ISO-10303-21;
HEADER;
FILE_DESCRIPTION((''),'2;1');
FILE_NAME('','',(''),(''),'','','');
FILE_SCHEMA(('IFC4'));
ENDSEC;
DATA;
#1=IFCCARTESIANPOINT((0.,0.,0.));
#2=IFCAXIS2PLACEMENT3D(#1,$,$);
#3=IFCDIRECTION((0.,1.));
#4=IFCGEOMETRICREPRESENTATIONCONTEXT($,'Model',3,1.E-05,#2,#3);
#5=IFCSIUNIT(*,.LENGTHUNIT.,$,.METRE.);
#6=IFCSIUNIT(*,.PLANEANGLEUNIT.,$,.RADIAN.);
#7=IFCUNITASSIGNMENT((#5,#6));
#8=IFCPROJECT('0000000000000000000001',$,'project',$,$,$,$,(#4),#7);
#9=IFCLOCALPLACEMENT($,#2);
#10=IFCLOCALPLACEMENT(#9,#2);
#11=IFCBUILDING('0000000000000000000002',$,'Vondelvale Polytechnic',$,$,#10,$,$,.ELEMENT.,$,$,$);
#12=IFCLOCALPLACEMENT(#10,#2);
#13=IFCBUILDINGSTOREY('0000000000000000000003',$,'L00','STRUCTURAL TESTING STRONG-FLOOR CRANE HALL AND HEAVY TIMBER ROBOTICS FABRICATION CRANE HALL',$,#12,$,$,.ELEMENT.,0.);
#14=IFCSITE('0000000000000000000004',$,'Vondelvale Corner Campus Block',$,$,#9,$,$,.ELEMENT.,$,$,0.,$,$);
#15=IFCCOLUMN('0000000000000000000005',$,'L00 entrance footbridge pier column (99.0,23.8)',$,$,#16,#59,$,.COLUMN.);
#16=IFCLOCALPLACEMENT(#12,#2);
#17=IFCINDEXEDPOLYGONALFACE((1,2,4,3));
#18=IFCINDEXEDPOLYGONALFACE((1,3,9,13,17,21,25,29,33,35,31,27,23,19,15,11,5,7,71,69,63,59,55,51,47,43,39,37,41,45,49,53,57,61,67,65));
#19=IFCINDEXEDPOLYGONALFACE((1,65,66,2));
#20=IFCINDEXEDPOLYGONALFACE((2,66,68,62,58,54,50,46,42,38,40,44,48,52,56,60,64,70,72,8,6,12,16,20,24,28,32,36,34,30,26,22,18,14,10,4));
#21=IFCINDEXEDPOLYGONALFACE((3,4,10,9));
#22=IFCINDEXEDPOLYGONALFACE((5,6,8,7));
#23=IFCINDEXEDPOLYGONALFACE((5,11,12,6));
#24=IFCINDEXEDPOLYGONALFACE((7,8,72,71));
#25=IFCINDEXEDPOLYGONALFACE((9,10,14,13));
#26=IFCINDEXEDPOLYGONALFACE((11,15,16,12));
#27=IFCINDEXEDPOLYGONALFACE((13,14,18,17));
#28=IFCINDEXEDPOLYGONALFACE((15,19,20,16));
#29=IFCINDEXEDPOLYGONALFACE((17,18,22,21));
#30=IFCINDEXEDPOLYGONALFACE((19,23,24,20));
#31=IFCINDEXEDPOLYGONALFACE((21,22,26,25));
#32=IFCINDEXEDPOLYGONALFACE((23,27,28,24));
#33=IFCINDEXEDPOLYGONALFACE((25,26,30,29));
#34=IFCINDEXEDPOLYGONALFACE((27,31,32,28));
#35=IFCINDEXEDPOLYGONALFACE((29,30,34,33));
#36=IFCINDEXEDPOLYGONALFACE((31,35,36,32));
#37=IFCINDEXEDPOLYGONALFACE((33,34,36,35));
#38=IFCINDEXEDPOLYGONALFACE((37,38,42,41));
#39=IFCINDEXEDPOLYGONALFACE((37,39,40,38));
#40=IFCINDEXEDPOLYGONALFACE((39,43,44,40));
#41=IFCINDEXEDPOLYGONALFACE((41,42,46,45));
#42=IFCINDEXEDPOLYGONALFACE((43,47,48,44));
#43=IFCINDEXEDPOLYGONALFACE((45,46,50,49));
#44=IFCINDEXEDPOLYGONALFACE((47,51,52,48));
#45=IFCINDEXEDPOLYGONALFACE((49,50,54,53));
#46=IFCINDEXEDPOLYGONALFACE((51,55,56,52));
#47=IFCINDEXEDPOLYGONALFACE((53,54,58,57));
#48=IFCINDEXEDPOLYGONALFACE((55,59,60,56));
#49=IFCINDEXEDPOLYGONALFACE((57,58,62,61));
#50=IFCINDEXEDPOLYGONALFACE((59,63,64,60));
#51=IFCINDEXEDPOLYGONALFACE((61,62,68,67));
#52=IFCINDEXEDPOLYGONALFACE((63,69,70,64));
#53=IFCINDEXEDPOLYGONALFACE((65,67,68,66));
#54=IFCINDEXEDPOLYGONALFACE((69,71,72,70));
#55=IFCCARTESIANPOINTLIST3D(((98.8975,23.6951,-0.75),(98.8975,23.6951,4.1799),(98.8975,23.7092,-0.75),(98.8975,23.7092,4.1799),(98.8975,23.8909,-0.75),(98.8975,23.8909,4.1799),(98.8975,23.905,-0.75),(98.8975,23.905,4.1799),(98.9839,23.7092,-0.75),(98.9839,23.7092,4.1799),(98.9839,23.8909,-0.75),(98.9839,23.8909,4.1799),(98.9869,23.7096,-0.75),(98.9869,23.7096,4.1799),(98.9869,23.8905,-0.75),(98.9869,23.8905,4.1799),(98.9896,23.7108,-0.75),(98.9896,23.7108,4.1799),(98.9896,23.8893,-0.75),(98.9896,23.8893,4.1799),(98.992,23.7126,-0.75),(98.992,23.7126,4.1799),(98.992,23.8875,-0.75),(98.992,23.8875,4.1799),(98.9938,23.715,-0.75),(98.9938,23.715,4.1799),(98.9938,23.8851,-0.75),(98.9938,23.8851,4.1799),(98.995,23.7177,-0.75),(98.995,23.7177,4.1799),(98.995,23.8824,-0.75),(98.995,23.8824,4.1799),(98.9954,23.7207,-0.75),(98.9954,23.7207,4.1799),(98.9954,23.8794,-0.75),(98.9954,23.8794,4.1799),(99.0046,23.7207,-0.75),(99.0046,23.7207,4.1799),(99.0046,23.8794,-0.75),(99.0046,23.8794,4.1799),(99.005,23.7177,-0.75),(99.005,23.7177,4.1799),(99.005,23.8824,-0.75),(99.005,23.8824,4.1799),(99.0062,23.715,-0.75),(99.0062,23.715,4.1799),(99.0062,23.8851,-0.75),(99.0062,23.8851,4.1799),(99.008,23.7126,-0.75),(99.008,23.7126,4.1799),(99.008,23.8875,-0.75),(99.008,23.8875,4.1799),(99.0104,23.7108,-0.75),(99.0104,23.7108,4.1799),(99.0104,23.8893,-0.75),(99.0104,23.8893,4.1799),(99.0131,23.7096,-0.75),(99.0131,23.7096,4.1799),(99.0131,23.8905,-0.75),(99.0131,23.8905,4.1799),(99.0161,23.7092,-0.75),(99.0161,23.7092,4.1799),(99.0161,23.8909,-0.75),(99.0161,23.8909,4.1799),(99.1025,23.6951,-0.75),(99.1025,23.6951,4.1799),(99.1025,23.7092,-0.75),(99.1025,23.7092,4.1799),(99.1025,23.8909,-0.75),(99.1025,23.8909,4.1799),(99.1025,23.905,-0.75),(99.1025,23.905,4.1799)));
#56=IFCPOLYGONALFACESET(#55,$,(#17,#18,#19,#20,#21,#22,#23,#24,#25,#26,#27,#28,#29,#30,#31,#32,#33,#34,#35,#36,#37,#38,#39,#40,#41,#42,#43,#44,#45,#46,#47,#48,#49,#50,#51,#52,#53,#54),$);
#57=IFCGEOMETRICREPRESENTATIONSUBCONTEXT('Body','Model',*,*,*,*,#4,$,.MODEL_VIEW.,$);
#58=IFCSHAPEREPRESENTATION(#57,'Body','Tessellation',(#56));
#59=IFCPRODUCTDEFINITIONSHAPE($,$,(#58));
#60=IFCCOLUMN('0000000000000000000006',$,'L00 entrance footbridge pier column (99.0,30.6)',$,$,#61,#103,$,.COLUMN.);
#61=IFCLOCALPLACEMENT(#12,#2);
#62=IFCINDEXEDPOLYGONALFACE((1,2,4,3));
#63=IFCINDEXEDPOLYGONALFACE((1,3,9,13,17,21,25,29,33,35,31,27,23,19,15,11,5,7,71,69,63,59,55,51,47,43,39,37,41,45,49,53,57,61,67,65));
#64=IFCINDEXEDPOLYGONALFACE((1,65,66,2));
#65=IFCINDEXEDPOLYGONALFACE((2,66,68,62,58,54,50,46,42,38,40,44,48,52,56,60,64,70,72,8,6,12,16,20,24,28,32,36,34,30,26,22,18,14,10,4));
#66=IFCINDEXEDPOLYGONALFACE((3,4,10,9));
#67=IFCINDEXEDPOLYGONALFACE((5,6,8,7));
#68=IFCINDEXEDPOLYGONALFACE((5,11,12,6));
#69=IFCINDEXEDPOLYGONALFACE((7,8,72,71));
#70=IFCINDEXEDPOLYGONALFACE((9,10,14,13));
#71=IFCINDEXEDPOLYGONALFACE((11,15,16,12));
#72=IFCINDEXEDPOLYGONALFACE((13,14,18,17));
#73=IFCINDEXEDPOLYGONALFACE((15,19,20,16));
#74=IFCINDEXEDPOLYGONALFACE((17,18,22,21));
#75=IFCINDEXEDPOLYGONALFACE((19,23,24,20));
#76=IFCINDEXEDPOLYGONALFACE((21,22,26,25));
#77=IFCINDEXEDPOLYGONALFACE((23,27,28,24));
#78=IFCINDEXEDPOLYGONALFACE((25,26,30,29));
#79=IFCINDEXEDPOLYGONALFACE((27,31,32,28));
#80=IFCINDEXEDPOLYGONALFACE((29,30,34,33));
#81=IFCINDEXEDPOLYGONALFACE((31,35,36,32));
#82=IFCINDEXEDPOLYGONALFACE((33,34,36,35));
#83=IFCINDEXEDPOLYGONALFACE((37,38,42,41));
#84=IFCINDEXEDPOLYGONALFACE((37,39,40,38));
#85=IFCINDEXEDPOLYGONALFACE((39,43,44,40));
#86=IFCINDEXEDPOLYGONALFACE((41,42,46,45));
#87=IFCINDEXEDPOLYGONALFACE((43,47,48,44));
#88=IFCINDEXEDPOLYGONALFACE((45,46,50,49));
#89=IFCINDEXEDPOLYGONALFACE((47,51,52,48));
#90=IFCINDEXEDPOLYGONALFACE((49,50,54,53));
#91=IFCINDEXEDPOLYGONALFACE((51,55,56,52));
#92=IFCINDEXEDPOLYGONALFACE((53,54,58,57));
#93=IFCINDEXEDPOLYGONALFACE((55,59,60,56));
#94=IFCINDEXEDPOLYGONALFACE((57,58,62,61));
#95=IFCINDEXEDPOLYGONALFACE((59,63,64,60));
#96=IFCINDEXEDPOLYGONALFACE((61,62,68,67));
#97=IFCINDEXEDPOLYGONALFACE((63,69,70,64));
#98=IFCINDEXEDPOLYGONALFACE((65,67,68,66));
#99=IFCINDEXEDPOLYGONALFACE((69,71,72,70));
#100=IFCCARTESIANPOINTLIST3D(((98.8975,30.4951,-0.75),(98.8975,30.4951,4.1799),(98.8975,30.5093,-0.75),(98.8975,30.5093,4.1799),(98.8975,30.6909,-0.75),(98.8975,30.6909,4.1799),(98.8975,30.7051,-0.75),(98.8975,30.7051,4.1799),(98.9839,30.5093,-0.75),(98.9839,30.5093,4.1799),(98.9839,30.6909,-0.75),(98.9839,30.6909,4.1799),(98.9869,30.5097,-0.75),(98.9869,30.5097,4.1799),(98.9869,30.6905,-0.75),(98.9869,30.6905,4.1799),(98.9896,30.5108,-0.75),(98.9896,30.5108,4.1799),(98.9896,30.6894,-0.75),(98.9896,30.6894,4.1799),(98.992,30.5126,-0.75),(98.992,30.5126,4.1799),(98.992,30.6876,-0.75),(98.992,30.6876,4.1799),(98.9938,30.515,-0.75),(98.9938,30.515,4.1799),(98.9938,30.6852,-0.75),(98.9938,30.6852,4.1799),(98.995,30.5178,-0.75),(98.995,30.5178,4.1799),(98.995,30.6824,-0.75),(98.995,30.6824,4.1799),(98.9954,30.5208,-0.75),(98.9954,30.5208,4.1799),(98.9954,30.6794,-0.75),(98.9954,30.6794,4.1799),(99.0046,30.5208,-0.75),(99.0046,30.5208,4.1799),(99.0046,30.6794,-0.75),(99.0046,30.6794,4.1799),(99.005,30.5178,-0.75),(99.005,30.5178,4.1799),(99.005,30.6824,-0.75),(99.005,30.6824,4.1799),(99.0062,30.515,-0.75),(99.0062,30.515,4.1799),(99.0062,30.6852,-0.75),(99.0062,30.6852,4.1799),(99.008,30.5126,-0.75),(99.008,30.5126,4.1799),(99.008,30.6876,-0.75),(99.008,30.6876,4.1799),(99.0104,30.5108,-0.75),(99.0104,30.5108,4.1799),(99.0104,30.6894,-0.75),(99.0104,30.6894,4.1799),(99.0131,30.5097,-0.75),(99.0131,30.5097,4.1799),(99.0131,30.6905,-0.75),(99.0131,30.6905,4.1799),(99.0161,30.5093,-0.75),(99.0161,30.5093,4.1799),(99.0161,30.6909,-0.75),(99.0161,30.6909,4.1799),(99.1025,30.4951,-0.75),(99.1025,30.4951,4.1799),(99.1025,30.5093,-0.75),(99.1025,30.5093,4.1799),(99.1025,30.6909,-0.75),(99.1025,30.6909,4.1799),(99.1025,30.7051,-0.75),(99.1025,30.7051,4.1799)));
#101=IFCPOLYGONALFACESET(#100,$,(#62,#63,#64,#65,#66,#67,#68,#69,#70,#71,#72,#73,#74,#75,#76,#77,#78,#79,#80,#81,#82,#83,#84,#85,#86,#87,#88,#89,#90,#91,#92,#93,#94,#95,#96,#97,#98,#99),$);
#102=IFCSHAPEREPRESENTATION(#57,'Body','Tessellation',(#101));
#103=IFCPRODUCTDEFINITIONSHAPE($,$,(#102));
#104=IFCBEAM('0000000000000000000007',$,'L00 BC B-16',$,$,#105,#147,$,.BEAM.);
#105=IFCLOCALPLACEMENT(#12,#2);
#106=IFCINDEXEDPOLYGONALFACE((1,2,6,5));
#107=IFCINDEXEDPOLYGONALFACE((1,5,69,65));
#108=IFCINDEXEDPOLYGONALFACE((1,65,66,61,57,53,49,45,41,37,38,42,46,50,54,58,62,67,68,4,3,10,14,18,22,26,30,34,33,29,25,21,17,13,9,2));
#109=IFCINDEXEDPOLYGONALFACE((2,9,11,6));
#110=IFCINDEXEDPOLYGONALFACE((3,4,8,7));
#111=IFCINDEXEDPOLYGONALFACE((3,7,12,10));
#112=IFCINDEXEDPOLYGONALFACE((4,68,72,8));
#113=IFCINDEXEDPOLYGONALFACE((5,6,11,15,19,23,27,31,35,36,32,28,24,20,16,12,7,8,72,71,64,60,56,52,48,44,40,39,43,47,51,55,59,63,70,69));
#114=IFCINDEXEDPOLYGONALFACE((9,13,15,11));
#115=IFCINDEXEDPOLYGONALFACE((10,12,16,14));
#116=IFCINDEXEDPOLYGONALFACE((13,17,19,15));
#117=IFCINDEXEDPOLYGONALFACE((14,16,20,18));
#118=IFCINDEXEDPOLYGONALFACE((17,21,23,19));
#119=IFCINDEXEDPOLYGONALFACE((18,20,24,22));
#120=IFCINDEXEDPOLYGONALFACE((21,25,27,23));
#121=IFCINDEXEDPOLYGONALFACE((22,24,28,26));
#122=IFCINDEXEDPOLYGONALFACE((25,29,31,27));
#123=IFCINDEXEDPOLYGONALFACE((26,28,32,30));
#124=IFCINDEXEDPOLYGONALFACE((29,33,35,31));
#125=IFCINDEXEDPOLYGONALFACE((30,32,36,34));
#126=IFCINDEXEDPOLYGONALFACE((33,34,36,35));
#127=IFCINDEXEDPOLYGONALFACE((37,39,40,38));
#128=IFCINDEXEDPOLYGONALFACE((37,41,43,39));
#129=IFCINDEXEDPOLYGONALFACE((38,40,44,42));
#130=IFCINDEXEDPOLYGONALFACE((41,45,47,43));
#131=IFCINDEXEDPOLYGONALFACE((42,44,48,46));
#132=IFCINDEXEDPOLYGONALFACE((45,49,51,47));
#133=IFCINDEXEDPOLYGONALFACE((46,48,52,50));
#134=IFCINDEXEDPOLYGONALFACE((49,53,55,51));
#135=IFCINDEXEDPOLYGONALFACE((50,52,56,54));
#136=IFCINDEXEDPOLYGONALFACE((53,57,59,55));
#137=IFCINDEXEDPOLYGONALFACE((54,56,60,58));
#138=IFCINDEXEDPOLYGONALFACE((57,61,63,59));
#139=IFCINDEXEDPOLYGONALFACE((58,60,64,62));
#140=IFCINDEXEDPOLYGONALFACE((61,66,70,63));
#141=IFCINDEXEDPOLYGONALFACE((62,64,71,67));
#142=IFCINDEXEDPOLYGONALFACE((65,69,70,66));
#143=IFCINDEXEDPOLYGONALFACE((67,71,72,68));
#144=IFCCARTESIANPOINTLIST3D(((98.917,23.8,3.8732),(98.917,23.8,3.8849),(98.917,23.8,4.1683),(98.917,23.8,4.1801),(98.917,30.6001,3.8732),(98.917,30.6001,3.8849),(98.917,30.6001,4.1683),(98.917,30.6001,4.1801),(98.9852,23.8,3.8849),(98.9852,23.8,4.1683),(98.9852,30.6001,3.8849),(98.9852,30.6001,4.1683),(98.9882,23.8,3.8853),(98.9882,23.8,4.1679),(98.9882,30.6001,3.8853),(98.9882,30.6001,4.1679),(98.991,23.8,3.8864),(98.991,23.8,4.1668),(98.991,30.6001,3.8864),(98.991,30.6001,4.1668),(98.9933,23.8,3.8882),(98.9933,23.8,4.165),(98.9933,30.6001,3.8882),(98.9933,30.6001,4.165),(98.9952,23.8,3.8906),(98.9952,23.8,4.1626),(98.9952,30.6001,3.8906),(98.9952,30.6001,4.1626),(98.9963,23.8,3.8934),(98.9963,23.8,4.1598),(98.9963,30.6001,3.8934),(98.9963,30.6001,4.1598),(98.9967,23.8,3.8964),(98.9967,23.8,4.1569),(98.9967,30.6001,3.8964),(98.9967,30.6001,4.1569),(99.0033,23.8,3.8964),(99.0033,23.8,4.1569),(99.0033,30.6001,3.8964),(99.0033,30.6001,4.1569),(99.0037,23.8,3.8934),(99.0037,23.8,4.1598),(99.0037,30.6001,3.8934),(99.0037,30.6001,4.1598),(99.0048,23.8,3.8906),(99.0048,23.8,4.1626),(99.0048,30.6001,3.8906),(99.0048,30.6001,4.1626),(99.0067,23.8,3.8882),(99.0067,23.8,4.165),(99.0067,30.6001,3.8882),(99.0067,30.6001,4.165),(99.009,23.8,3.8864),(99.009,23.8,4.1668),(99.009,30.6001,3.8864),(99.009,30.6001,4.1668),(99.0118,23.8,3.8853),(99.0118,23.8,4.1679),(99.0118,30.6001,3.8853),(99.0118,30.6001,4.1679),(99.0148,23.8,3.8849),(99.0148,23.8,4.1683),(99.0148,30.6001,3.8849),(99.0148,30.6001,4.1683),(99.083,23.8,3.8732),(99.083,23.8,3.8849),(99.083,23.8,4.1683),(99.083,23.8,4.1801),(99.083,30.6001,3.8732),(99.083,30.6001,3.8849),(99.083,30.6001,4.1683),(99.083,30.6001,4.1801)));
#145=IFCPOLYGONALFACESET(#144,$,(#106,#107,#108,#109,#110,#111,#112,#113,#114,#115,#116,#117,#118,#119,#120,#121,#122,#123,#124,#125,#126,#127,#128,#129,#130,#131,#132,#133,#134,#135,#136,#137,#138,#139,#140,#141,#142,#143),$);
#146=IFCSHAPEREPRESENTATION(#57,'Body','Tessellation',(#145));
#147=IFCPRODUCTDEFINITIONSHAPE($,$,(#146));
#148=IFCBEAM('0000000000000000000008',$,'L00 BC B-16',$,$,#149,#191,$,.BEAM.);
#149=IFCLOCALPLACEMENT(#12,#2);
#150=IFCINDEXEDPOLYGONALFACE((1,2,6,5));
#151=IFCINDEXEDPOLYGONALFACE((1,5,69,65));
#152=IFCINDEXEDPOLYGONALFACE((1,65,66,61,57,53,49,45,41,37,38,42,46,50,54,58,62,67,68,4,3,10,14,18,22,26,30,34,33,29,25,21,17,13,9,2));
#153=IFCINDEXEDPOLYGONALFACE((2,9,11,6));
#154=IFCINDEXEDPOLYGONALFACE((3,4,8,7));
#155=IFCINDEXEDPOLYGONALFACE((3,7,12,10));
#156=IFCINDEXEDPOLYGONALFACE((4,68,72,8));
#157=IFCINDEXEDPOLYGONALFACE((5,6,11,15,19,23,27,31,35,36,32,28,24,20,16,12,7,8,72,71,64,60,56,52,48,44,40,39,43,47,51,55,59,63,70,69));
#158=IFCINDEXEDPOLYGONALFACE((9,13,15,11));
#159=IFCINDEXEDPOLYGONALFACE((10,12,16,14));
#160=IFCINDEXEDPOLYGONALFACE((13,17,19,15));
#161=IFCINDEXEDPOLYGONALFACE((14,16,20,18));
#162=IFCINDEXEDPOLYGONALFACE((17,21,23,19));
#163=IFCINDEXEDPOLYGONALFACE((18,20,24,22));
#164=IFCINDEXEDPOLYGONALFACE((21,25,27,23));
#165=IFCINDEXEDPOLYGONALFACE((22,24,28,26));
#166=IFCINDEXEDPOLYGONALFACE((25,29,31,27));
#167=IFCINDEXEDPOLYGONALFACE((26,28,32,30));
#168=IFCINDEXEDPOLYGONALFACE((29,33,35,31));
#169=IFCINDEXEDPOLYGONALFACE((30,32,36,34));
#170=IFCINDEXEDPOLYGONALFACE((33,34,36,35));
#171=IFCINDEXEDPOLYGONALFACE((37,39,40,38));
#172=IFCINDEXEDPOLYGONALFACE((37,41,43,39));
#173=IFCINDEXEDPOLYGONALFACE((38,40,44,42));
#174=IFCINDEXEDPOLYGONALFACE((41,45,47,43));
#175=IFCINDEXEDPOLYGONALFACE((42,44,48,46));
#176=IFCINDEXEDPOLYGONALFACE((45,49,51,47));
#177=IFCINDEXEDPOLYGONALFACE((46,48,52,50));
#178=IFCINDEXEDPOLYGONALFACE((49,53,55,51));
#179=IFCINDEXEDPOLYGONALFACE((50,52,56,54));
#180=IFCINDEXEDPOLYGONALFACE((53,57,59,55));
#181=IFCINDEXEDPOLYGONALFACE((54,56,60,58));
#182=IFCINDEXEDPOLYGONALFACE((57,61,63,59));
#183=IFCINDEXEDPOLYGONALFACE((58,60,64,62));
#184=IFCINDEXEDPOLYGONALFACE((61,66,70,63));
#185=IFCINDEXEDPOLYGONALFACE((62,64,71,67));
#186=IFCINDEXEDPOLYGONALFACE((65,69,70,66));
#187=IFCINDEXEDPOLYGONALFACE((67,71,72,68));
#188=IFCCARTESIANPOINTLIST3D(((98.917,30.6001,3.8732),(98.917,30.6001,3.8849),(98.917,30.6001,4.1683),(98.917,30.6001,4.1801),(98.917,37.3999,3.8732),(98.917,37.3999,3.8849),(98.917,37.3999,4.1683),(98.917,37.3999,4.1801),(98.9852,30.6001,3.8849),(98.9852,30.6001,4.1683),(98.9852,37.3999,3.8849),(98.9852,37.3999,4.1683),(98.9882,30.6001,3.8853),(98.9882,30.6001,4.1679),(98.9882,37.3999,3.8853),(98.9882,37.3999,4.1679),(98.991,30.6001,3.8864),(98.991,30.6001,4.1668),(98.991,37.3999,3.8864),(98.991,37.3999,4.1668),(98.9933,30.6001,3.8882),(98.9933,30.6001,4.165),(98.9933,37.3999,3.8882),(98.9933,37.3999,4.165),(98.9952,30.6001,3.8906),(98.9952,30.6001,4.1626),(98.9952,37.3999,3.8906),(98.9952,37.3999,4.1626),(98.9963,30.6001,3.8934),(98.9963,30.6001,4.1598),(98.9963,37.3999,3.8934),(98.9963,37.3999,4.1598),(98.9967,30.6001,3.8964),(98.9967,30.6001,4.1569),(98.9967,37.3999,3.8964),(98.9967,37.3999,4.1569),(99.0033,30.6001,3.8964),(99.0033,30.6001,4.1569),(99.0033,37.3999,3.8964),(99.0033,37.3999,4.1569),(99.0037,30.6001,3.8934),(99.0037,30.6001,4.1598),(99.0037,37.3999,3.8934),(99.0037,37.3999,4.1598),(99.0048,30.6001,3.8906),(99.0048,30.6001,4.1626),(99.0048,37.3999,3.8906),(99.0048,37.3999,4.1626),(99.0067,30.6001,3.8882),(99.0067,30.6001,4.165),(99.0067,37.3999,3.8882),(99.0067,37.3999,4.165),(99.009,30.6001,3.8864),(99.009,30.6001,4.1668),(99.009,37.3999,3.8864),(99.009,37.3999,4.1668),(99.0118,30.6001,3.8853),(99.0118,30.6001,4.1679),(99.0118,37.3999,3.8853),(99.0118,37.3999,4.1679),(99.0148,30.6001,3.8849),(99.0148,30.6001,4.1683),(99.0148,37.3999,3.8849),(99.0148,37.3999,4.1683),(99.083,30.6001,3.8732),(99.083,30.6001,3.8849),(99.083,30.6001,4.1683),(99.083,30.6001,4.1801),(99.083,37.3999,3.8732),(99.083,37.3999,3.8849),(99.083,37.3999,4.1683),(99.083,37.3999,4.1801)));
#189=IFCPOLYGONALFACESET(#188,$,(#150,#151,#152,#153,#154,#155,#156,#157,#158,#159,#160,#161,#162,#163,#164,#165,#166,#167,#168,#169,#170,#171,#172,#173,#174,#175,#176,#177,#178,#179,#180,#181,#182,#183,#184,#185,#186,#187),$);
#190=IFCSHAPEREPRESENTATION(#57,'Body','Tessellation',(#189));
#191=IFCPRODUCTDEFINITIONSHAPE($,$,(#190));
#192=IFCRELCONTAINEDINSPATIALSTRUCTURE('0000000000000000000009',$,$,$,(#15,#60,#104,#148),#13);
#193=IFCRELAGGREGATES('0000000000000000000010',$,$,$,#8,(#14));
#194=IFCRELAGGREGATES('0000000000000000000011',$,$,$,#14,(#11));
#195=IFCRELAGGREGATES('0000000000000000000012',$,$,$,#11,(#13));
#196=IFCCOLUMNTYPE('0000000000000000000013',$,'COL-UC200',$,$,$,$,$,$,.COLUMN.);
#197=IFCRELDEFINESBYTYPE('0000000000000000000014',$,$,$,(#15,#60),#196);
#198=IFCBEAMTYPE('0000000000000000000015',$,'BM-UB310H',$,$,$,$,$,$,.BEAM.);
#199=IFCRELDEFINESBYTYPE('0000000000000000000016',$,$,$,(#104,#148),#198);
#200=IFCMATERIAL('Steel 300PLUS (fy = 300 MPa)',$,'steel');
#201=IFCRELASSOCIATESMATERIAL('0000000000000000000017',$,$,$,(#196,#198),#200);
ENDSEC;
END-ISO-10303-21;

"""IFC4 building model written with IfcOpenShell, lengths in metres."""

from ifc_helpers import new_model, si_unit, direction, frame, origin, origin_2d, place, context, subcontext, project, spatial, i_section, extrude, material, material_profile, profile_set, type_object, element, save


model = new_model("IFC4")

# Units and contexts
model_context = context("Model", 3, precision=1e-05, world=origin(), true_north=direction((0.0, 1.0)))
body_context = subcontext(model_context, "Body", "Model", "MODEL_VIEW")
ifc_project = project(units=[si_unit("LENGTHUNIT", "METRE"), si_unit("PLANEANGLEUNIT", "RADIAN")], contexts=[model_context])

# Site, building, storey
site_placement = place(None, origin())
site = spatial("IfcSite", under=ifc_project, at=site_placement, Name="Vondelvale Corner Campus Block", CompositionType="ELEMENT", RefElevation=0.0)
building_placement = place(site_placement, origin())
building = spatial("IfcBuilding", under=site, at=building_placement, Name="Vondelvale Polytechnic", CompositionType="ELEMENT")
storey_placement = place(building_placement, origin())
storey = spatial("IfcBuildingStorey", under=building, at=storey_placement, Name="L00", Description="STRUCTURAL TESTING STRONG-FLOOR CRANE HALL AND HEAVY TIMBER ROBOTICS FABRICATION CRANE HALL", CompositionType="ELEMENT", Elevation=0.0)

# Columns
ifc_material_1 = material(Name="Steel 300PLUS (fy = 300 MPa)", Category="steel")
ifc_material_profile_1 = material_profile(ifc_material_1, i_section(OverallWidth=0.2051, OverallDepth=0.21, WebThickness=0.0093, FlangeThickness=0.0142, FilletRadius=0.0115, at=origin_2d()), Name="200UC59.5")
ifc_profile_set_1 = profile_set([ifc_material_profile_1], Name="Steel 300PLUS (fy = 300 MPa)")
column_type_1 = type_object("IfcColumnType", Name="COL-UC200", PredefinedType="COLUMN", material=ifc_profile_set_1)
for number, where, z_axis, x_axis, name in (
    (1, (99.0, 23.8, -0.75), (0.0, 0.0, 1.0), (1.0, 0.0, 0.0), "L00 entrance footbridge pier column (99.0,23.8)"),
    (2, (99.0, 30.6001, -0.75), (0.0, 0.0, 1.0), (1.0, 0.0, 0.0), "L00 entrance footbridge pier column (99.0,30.6)"),
):
    element("IfcColumn", number, at=place(storey_placement, frame(where, z_axis=z_axis, x_axis=x_axis)), inside=storey, type_object=column_type_1, Name=name, PredefinedType="COLUMN", context=body_context, shape_type="SweptSolid", body=[
        extrude(i_section(OverallWidth=0.2051, OverallDepth=0.21, WebThickness=0.0093, FlangeThickness=0.0142, FilletRadius=0.0115, at=origin_2d()), origin(), (0.0, 0.0, 1.0), 4.9299),
    ])

# Beams
ifc_material_profile_2 = material_profile(ifc_material_1, i_section(OverallWidth=0.166, OverallDepth=0.3069, WebThickness=0.0066, FlangeThickness=0.0117, FilletRadius=0.0115, at=origin_2d()), Name="310UB46.2")
ifc_profile_set_2 = profile_set([ifc_material_profile_2], Name="Steel 300PLUS (fy = 300 MPa)")
beam_type_1 = type_object("IfcBeamType", Name="BM-UB310H", PredefinedType="BEAM", material=ifc_profile_set_2)
beam_1_placement = place(storey_placement, frame((99.0, 23.8, 4.0266), z_axis=(0.0, 1.0, 0.0), x_axis=(-1.0, 0.0, 0.0)))
element("IfcBeam", 3, at=beam_1_placement, inside=storey, type_object=beam_type_1, Name="L00 BC B-16", PredefinedType="BEAM", context=body_context, shape_type="SweptSolid", body=[
    extrude(i_section(OverallWidth=0.166, OverallDepth=0.3069, WebThickness=0.0066, FlangeThickness=0.0117, FilletRadius=0.0115, at=origin_2d()), origin(), (0.0, 0.0, 1.0), 6.8),
])
beam_2_placement = place(storey_placement, frame((99.0, 30.6001, 4.0266), z_axis=(0.0, 1.0, 0.0), x_axis=(-1.0, 0.0, 0.0)))
element("IfcBeam", 4, at=beam_2_placement, inside=storey, type_object=beam_type_1, Name="L00 BC B-16", PredefinedType="BEAM", context=body_context, shape_type="SweptSolid", body=[
    extrude(i_section(OverallWidth=0.166, OverallDepth=0.3069, WebThickness=0.0066, FlangeThickness=0.0117, FilletRadius=0.0115, at=origin_2d()), origin(), (0.0, 0.0, 1.0), 6.7998),
])

save(model, "model.ifc")
